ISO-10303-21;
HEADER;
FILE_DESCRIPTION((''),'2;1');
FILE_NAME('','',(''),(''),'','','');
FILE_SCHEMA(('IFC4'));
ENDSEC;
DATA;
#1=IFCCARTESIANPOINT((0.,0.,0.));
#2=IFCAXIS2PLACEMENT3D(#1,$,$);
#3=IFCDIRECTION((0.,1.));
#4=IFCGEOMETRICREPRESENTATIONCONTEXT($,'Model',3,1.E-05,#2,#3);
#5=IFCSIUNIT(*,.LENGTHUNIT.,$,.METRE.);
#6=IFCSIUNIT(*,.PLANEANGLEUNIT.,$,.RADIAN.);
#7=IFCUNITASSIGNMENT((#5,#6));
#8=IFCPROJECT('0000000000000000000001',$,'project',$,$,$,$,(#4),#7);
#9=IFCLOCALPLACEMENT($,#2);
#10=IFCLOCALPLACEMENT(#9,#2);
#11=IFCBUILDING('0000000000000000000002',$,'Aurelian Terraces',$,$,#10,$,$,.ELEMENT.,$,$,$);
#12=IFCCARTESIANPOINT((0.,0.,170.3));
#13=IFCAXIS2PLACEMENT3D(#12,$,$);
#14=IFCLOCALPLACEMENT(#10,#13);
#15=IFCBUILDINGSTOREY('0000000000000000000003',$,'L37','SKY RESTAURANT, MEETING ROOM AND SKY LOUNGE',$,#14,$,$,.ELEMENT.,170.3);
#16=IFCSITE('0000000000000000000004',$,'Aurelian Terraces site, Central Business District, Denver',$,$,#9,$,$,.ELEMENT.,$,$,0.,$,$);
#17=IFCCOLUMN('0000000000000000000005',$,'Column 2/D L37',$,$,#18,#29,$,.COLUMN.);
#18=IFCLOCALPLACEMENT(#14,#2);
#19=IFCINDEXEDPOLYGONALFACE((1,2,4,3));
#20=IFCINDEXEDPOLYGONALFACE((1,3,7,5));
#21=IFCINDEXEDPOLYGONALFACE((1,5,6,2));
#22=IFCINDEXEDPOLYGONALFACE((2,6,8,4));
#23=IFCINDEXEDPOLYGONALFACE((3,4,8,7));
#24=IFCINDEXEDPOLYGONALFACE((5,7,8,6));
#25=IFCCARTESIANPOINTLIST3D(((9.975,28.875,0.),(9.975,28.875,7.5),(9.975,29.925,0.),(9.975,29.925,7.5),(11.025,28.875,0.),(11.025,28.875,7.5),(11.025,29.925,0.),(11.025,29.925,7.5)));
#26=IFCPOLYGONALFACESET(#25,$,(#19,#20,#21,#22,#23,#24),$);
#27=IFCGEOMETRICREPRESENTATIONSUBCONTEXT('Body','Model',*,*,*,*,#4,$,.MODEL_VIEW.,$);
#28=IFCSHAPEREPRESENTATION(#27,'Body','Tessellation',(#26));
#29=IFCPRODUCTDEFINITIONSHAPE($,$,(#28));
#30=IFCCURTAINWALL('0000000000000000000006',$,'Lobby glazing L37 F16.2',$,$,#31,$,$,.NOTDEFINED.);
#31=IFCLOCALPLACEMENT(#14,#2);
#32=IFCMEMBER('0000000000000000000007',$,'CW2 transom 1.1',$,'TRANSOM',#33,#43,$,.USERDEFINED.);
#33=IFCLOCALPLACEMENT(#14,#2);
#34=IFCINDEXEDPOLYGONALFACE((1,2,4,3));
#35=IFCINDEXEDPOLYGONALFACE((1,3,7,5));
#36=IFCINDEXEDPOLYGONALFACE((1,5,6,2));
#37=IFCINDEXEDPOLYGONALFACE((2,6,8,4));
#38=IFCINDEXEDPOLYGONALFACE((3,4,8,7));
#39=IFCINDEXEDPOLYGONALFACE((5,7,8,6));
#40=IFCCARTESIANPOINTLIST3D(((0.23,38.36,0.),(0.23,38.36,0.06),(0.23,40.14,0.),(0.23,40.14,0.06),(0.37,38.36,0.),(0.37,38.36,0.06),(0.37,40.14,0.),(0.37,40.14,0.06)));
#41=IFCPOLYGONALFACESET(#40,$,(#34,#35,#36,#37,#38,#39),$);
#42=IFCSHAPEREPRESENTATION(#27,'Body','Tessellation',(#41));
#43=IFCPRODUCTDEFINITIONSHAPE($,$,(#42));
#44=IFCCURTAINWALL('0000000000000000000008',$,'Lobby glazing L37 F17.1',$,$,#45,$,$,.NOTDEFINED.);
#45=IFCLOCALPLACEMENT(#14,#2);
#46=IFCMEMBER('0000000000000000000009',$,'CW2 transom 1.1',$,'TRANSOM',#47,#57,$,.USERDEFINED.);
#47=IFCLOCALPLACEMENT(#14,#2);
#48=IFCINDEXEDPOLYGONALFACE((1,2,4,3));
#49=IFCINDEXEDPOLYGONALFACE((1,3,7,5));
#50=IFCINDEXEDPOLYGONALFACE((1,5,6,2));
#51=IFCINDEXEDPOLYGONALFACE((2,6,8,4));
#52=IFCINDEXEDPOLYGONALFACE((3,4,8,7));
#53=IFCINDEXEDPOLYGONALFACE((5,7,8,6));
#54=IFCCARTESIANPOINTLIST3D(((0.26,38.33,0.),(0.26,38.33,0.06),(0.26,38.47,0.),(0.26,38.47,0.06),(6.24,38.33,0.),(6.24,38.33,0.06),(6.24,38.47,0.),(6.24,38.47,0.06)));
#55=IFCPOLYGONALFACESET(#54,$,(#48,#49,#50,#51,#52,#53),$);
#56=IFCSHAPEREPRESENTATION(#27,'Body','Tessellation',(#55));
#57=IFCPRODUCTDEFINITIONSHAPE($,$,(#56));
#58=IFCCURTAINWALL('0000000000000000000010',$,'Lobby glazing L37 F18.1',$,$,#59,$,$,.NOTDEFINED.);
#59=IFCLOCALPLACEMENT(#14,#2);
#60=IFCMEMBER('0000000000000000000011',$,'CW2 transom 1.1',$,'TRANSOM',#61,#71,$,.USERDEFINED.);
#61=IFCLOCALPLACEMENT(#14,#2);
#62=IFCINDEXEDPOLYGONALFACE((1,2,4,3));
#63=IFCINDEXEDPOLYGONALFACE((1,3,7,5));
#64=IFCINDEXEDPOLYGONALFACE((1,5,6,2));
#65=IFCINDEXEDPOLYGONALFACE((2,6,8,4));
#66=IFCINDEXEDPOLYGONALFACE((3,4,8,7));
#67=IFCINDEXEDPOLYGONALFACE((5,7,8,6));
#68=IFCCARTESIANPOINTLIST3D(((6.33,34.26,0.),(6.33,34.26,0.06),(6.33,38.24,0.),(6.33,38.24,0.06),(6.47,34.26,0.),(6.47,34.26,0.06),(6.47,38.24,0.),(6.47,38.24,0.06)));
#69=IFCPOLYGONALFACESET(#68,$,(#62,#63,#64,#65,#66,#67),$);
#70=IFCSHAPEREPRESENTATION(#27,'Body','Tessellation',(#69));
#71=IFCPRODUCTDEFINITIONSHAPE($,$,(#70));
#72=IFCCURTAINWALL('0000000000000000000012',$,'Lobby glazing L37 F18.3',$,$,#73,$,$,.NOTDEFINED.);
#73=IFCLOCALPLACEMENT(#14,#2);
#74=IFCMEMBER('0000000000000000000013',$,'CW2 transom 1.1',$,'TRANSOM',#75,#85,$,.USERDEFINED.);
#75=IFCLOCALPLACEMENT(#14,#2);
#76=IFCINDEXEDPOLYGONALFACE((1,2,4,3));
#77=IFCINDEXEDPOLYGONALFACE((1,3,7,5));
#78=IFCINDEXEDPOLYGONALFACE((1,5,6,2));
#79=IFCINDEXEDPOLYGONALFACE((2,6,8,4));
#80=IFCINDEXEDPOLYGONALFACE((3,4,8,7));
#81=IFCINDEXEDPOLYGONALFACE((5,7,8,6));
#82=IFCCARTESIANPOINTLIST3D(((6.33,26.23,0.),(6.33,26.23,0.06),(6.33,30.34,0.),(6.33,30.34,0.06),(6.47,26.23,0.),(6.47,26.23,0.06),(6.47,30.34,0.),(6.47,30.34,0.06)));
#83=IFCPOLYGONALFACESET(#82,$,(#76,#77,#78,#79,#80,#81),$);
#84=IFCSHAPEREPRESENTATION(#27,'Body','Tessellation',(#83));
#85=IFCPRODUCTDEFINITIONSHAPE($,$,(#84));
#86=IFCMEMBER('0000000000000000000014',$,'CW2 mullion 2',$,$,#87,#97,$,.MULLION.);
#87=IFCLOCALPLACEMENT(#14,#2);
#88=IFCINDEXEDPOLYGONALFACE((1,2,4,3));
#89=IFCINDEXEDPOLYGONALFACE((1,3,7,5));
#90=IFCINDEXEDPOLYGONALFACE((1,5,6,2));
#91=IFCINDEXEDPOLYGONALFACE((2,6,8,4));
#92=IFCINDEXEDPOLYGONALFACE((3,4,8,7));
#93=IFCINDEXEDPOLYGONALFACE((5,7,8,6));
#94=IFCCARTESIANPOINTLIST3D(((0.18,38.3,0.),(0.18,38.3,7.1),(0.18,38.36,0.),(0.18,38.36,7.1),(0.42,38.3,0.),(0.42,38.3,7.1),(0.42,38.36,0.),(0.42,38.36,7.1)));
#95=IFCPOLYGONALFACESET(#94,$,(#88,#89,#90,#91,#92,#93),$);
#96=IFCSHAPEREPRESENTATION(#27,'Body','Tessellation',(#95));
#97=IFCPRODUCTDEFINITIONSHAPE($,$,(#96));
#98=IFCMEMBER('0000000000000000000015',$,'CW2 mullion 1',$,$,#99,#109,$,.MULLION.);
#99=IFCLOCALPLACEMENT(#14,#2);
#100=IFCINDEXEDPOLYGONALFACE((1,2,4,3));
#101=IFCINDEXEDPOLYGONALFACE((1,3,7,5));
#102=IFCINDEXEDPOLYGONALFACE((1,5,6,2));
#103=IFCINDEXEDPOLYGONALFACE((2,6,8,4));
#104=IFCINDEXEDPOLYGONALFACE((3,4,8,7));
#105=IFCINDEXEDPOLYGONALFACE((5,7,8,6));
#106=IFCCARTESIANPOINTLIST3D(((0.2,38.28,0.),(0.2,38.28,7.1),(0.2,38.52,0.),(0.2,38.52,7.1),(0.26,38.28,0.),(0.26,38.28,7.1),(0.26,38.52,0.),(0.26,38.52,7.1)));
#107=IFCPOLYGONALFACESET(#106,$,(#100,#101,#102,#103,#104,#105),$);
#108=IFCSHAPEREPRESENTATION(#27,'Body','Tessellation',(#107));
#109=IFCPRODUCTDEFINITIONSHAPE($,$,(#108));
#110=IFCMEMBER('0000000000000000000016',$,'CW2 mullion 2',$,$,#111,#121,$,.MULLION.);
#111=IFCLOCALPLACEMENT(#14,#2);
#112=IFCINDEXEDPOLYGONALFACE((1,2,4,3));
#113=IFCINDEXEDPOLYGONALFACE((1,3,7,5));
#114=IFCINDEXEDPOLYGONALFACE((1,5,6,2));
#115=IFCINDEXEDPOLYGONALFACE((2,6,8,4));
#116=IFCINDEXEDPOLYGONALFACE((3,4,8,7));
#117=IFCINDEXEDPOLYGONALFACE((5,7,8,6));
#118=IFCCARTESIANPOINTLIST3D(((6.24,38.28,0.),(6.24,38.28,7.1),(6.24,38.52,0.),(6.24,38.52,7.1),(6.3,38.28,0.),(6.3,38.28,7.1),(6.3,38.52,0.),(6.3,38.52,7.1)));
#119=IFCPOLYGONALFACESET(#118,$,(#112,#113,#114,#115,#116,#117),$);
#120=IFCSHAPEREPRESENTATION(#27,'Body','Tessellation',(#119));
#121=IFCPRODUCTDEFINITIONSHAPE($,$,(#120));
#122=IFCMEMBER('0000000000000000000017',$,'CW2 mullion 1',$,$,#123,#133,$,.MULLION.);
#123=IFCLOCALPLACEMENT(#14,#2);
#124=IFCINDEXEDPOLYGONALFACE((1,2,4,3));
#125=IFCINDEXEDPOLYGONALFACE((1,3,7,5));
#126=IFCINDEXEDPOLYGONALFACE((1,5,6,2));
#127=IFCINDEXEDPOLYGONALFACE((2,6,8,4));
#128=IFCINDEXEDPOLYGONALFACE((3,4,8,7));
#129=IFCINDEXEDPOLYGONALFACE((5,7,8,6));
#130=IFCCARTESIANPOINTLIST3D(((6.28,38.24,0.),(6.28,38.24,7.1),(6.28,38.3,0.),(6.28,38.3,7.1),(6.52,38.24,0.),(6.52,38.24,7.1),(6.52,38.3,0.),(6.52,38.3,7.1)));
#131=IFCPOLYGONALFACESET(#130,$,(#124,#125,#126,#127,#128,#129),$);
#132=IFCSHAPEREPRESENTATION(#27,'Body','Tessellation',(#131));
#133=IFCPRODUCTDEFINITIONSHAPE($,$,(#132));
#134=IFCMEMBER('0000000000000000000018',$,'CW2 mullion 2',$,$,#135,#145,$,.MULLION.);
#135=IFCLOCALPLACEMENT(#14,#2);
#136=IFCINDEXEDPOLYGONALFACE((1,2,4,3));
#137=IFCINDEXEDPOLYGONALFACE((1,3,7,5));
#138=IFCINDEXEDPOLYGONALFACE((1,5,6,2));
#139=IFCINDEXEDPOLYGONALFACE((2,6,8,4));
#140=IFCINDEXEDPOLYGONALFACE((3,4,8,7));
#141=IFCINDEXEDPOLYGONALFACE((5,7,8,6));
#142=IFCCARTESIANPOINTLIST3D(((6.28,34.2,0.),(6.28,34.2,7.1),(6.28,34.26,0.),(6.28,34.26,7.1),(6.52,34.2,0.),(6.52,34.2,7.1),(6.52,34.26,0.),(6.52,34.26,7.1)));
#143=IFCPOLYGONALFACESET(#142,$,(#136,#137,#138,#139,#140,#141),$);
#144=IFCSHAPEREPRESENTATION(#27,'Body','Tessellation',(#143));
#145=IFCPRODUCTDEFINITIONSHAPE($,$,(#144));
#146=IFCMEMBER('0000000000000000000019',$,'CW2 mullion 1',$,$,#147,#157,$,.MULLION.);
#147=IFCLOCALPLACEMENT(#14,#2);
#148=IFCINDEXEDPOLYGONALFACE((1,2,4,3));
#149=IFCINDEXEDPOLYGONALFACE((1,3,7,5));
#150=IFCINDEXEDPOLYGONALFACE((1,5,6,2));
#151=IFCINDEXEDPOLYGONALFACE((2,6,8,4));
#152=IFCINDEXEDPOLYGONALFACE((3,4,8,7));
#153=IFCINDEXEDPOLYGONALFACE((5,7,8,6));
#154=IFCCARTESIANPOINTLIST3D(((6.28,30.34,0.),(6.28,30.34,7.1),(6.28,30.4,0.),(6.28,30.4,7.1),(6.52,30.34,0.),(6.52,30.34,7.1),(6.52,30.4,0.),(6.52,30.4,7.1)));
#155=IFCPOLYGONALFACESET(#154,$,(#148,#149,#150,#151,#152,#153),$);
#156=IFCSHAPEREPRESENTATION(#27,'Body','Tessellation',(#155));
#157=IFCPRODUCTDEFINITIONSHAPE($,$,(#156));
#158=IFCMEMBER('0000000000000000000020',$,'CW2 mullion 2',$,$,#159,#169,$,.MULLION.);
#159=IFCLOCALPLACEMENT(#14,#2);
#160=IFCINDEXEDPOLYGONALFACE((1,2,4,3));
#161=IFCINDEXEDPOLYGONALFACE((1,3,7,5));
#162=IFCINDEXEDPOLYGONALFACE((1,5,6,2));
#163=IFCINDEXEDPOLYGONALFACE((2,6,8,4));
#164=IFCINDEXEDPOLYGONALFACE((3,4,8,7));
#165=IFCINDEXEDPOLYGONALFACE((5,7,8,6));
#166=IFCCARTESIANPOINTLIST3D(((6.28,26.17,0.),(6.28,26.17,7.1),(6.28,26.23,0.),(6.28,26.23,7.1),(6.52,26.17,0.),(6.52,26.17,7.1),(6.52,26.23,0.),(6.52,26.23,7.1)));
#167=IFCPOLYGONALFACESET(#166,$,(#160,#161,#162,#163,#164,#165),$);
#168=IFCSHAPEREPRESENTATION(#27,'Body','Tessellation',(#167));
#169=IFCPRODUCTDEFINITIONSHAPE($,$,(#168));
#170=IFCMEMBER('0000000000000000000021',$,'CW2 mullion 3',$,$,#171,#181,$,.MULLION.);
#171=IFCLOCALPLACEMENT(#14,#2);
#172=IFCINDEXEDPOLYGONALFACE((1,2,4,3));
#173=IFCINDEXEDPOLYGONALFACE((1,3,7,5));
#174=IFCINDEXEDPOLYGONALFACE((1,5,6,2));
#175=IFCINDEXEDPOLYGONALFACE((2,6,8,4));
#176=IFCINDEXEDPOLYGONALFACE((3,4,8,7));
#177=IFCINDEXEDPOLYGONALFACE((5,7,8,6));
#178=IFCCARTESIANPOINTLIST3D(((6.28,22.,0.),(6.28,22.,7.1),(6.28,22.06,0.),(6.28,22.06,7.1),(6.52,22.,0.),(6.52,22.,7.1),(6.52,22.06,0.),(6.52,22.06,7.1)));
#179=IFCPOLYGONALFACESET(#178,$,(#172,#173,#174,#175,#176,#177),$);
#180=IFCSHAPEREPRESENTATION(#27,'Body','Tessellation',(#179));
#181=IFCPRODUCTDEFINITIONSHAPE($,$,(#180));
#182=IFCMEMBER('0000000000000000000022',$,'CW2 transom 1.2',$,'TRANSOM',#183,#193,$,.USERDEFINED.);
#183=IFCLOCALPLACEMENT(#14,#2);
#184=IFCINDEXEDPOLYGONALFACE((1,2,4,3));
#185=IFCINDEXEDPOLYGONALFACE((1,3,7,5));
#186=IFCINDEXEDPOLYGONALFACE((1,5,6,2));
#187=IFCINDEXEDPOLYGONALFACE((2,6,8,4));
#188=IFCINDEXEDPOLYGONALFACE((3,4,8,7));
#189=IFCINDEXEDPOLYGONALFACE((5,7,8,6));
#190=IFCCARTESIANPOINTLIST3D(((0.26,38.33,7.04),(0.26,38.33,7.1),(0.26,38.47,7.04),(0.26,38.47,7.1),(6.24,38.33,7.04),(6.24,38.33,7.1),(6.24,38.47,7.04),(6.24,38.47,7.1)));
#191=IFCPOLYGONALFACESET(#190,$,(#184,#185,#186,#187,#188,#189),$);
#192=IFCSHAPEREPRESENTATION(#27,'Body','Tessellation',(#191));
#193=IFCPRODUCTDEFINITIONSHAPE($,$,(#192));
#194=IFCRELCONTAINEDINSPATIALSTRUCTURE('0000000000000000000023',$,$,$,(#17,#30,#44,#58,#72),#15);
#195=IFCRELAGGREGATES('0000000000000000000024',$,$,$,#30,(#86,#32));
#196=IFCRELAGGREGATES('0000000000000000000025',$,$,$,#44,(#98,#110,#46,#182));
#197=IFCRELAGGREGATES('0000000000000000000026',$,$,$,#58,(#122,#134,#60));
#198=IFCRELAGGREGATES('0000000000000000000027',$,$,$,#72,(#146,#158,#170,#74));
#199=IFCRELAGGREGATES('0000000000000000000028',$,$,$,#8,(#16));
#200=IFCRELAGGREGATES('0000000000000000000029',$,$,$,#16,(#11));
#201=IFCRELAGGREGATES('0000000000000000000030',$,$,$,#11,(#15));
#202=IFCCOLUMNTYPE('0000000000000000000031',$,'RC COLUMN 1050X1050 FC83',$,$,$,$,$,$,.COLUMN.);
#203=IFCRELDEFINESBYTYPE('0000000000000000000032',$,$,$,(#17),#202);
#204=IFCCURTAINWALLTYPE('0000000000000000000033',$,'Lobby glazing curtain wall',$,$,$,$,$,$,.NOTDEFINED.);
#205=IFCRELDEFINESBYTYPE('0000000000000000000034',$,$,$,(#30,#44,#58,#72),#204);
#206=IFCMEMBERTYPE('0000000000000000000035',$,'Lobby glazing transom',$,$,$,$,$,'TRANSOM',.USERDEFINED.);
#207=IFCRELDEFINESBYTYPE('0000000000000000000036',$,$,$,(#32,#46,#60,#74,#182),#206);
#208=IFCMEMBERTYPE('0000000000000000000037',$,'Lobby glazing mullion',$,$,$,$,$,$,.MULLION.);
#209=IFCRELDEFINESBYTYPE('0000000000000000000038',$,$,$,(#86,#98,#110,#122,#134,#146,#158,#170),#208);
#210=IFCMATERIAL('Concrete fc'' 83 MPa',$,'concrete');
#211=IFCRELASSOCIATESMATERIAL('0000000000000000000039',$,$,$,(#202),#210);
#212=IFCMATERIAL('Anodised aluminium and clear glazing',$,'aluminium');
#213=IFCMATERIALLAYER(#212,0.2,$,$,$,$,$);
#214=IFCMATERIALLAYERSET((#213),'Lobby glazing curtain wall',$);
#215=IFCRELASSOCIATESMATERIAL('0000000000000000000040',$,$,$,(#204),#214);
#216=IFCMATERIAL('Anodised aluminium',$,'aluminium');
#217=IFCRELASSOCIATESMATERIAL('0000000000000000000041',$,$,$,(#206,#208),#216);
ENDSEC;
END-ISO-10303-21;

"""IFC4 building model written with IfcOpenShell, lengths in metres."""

from ifc_helpers import new_model, si_unit, direction, frame, origin, origin_2d, place, context, subcontext, project, spatial, rectangle, extrude, source, transform, mapped, material, layer, layer_set, material_profile, profile_set, type_object, element, aggregate, save


model = new_model("IFC4")

# Units and contexts
model_context = context("Model", 3, precision=1e-05, world=origin(), true_north=direction((0.0, 1.0)))
body_context = subcontext(model_context, "Body", "Model", "MODEL_VIEW")
ifc_project = project(units=[si_unit("LENGTHUNIT", "METRE"), si_unit("PLANEANGLEUNIT", "RADIAN")], contexts=[model_context])

# Site, building, storey
site_placement = place(None, origin())
site = spatial("IfcSite", under=ifc_project, at=site_placement, Name="Aurelian Terraces site, Central Business District, Denver", CompositionType="ELEMENT", RefElevation=0.0)
building_placement = place(site_placement, origin())
building = spatial("IfcBuilding", under=site, at=building_placement, Name="Aurelian Terraces", CompositionType="ELEMENT")
storey_placement = place(building_placement, frame((0.0, 0.0, 170.3)))
storey = spatial("IfcBuildingStorey", under=building, at=storey_placement, Name="L37", Description="SKY RESTAURANT, MEETING ROOM AND SKY LOUNGE", CompositionType="ELEMENT", Elevation=170.3)

# Column
ifc_material_1 = material(Name="Concrete fc' 83 MPa", Category="concrete")
ifc_material_profile_1 = material_profile(ifc_material_1, rectangle(XDim=1.05, YDim=1.05, at=origin_2d()))
ifc_profile_set_1 = profile_set([ifc_material_profile_1], Name="Concrete fc' 83 MPa")
column_type = type_object("IfcColumnType", Name="RC COLUMN 1050X1050 FC83", PredefinedType="COLUMN", material=ifc_profile_set_1)
shared_shape_1 = source(origin(), body_context, "Body", "SweptSolid", [
    extrude(rectangle(XDim=1.05, YDim=1.05, at=origin_2d()), origin(), (0.0, 0.0, 1.0), 7.5),
])
column_placement = place(storey_placement, frame((10.5, 29.4, 0.0), z_axis=(0.0, 0.0, 1.0), x_axis=(1.0, 0.0, 0.0)))
element("IfcColumn", 1, at=column_placement, inside=storey, type_object=column_type, Name="Column 2/D L37", PredefinedType="COLUMN", context=body_context, shape_type="MappedRepresentation", body=[
    mapped(shared_shape_1, transform((0.0, 0.0, 0.0), scale=1.0)),
])

# Curtain walls, members
ifc_material_2 = material(Name="Anodised aluminium and clear glazing", Category="aluminium")
ifc_layer_1 = layer(ifc_material_2, 0.2)
ifc_layer_set_1 = layer_set([ifc_layer_1], Name="Lobby glazing curtain wall")
curtain_wall_type = type_object("IfcCurtainWallType", Name="Lobby glazing curtain wall", PredefinedType="NOTDEFINED", material=ifc_layer_set_1)
curtain_wall_1_placement = place(storey_placement, origin())
curtain_wall_1 = element("IfcCurtainWall", 2, at=curtain_wall_1_placement, inside=storey, type_object=curtain_wall_type, Name="Lobby glazing L37 F16.2", PredefinedType="NOTDEFINED")
ifc_material_3 = material(Name="Anodised aluminium", Category="aluminium")
ifc_material_profile_2 = material_profile(ifc_material_3, rectangle(XDim=0.14, YDim=0.06, at=origin_2d()))
ifc_profile_set_2 = profile_set([ifc_material_profile_2], Name="Anodised aluminium")
member_type_1 = type_object("IfcMemberType", Name="Lobby glazing transom", ElementType="TRANSOM", PredefinedType="USERDEFINED", material=ifc_profile_set_2)
member_1_placement = place(storey_placement, frame((0.3, 40.14, 0.03), z_axis=(0.0, -1.0, 0.0), x_axis=(1.0, 0.0, 0.0)))
member_1 = element("IfcMember", 3, at=member_1_placement, type_object=member_type_1, Name="CW2 transom 1.1", ObjectType="TRANSOM", PredefinedType="USERDEFINED", context=body_context, shape_type="SweptSolid", body=[
    extrude(rectangle(XDim=0.14, YDim=0.06, at=origin_2d()), origin(), (0.0, 0.0, 1.0), 1.78),
])
curtain_wall_2_placement = place(storey_placement, origin())
curtain_wall_2 = element("IfcCurtainWall", 4, at=curtain_wall_2_placement, inside=storey, type_object=curtain_wall_type, Name="Lobby glazing L37 F17.1", PredefinedType="NOTDEFINED")
member_2_placement = place(storey_placement, frame((0.26, 38.4, 0.03), z_axis=(1.0, 0.0, 0.0), x_axis=(0.0, 1.0, 0.0)))
member_2 = element("IfcMember", 5, at=member_2_placement, type_object=member_type_1, Name="CW2 transom 1.1", ObjectType="TRANSOM", PredefinedType="USERDEFINED", context=body_context, shape_type="SweptSolid", body=[
    extrude(rectangle(XDim=0.14, YDim=0.06, at=origin_2d()), origin(), (0.0, 0.0, 1.0), 5.98),
])
curtain_wall_3_placement = place(storey_placement, origin())
curtain_wall_3 = element("IfcCurtainWall", 6, at=curtain_wall_3_placement, inside=storey, type_object=curtain_wall_type, Name="Lobby glazing L37 F18.1", PredefinedType="NOTDEFINED")
member_3_placement = place(storey_placement, frame((6.4, 38.24, 0.03), z_axis=(0.0, -1.0, 0.0), x_axis=(1.0, 0.0, 0.0)))
member_3 = element("IfcMember", 7, at=member_3_placement, type_object=member_type_1, Name="CW2 transom 1.1", ObjectType="TRANSOM", PredefinedType="USERDEFINED", context=body_context, shape_type="SweptSolid", body=[
    extrude(rectangle(XDim=0.14, YDim=0.06, at=origin_2d()), origin(), (0.0, 0.0, 1.0), 3.98),
])
curtain_wall_4_placement = place(storey_placement, origin())
curtain_wall_4 = element("IfcCurtainWall", 8, at=curtain_wall_4_placement, inside=storey, type_object=curtain_wall_type, Name="Lobby glazing L37 F18.3", PredefinedType="NOTDEFINED")
member_4_placement = place(storey_placement, frame((6.4, 30.34, 0.03), z_axis=(0.0, -1.0, 0.0), x_axis=(1.0, 0.0, 0.0)))
member_4 = element("IfcMember", 9, at=member_4_placement, type_object=member_type_1, Name="CW2 transom 1.1", ObjectType="TRANSOM", PredefinedType="USERDEFINED", context=body_context, shape_type="SweptSolid", body=[
    extrude(rectangle(XDim=0.14, YDim=0.06, at=origin_2d()), origin(), (0.0, 0.0, 1.0), 4.11),
])

# Members
ifc_material_profile_3 = material_profile(ifc_material_3, rectangle(XDim=0.24, YDim=0.06, at=origin_2d()))
ifc_profile_set_3 = profile_set([ifc_material_profile_3], Name="Anodised aluminium")
member_type_2 = type_object("IfcMemberType", Name="Lobby glazing mullion", PredefinedType="MULLION", material=ifc_profile_set_3)
shared_shape_2 = source(origin(), body_context, "Body", "SweptSolid", [
    extrude(rectangle(XDim=0.24, YDim=0.06, at=origin_2d()), origin(), (0.0, 0.0, 1.0), 7.1),
])
member_5_placement = place(storey_placement, frame((0.3, 38.33, 0.0), z_axis=(0.0, 0.0, 1.0), x_axis=(1.0, 0.0, 0.0)))
member_5 = element("IfcMember", 10, at=member_5_placement, type_object=member_type_2, Name="CW2 mullion 2", PredefinedType="MULLION", context=body_context, shape_type="MappedRepresentation", body=[
    mapped(shared_shape_2, transform((0.0, 0.0, 0.0), scale=1.0)),
])
member_6_placement = place(storey_placement, frame((0.23, 38.4, 0.0), z_axis=(0.0, 0.0, 1.0), x_axis=(0.0, 1.0, 0.0)))
member_6 = element("IfcMember", 11, at=member_6_placement, type_object=member_type_2, Name="CW2 mullion 1", PredefinedType="MULLION", context=body_context, shape_type="MappedRepresentation", body=[
    mapped(shared_shape_2, transform((0.0, 0.0, 0.0), scale=1.0)),
])
member_7_placement = place(storey_placement, frame((6.27, 38.4, 0.0), z_axis=(0.0, 0.0, 1.0), x_axis=(0.0, 1.0, 0.0)))
member_7 = element("IfcMember", 12, at=member_7_placement, type_object=member_type_2, Name="CW2 mullion 2", PredefinedType="MULLION", context=body_context, shape_type="MappedRepresentation", body=[
    mapped(shared_shape_2, transform((0.0, 0.0, 0.0), scale=1.0)),
])
member_8_placement = place(storey_placement, frame((6.4, 38.27, 0.0), z_axis=(0.0, 0.0, 1.0), x_axis=(1.0, 0.0, 0.0)))
member_8 = element("IfcMember", 13, at=member_8_placement, type_object=member_type_2, Name="CW2 mullion 1", PredefinedType="MULLION", context=body_context, shape_type="MappedRepresentation", body=[
    mapped(shared_shape_2, transform((0.0, 0.0, 0.0), scale=1.0)),
])
member_9_placement = place(storey_placement, frame((6.4, 34.23, 0.0), z_axis=(0.0, 0.0, 1.0), x_axis=(1.0, 0.0, 0.0)))
member_9 = element("IfcMember", 14, at=member_9_placement, type_object=member_type_2, Name="CW2 mullion 2", PredefinedType="MULLION", context=body_context, shape_type="MappedRepresentation", body=[
    mapped(shared_shape_2, transform((0.0, 0.0, 0.0), scale=1.0)),
])
member_10_placement = place(storey_placement, frame((6.4, 30.37, 0.0), z_axis=(0.0, 0.0, 1.0), x_axis=(1.0, 0.0, 0.0)))
member_10 = element("IfcMember", 15, at=member_10_placement, type_object=member_type_2, Name="CW2 mullion 1", PredefinedType="MULLION", context=body_context, shape_type="MappedRepresentation", body=[
    mapped(shared_shape_2, transform((0.0, 0.0, 0.0), scale=1.0)),
])
member_11_placement = place(storey_placement, frame((6.4, 26.2, 0.0), z_axis=(0.0, 0.0, 1.0), x_axis=(1.0, 0.0, 0.0)))
member_11 = element("IfcMember", 16, at=member_11_placement, type_object=member_type_2, Name="CW2 mullion 2", PredefinedType="MULLION", context=body_context, shape_type="MappedRepresentation", body=[
    mapped(shared_shape_2, transform((0.0, 0.0, 0.0), scale=1.0)),
])
member_12_placement = place(storey_placement, frame((6.4, 22.03, 0.0), z_axis=(0.0, 0.0, 1.0), x_axis=(1.0, 0.0, 0.0)))
member_12 = element("IfcMember", 17, at=member_12_placement, type_object=member_type_2, Name="CW2 mullion 3", PredefinedType="MULLION", context=body_context, shape_type="MappedRepresentation", body=[
    mapped(shared_shape_2, transform((0.0, 0.0, 0.0), scale=1.0)),
])
shared_shape_3 = source(origin(), body_context, "Body", "SweptSolid", [
    extrude(rectangle(XDim=0.14, YDim=0.06, at=origin_2d()), origin(), (0.0, 0.0, 1.0), 5.98),
])
member_13_placement = place(storey_placement, frame((0.26, 38.4, 7.07), z_axis=(1.0, 0.0, 0.0), x_axis=(0.0, 1.0, 0.0)))
member_13 = element("IfcMember", 18, at=member_13_placement, type_object=member_type_1, Name="CW2 transom 1.2", ObjectType="TRANSOM", PredefinedType="USERDEFINED", context=body_context, shape_type="MappedRepresentation", body=[
    mapped(shared_shape_3, transform((0.0, 0.0, 0.0), scale=1.0)),
])

aggregate(curtain_wall_1, [member_5, member_1])
aggregate(curtain_wall_2, [member_6, member_7, member_2, member_13])
aggregate(curtain_wall_3, [member_8, member_9, member_3])
aggregate(curtain_wall_4, [member_10, member_11, member_12, member_4])

save(model, "model.ifc")
